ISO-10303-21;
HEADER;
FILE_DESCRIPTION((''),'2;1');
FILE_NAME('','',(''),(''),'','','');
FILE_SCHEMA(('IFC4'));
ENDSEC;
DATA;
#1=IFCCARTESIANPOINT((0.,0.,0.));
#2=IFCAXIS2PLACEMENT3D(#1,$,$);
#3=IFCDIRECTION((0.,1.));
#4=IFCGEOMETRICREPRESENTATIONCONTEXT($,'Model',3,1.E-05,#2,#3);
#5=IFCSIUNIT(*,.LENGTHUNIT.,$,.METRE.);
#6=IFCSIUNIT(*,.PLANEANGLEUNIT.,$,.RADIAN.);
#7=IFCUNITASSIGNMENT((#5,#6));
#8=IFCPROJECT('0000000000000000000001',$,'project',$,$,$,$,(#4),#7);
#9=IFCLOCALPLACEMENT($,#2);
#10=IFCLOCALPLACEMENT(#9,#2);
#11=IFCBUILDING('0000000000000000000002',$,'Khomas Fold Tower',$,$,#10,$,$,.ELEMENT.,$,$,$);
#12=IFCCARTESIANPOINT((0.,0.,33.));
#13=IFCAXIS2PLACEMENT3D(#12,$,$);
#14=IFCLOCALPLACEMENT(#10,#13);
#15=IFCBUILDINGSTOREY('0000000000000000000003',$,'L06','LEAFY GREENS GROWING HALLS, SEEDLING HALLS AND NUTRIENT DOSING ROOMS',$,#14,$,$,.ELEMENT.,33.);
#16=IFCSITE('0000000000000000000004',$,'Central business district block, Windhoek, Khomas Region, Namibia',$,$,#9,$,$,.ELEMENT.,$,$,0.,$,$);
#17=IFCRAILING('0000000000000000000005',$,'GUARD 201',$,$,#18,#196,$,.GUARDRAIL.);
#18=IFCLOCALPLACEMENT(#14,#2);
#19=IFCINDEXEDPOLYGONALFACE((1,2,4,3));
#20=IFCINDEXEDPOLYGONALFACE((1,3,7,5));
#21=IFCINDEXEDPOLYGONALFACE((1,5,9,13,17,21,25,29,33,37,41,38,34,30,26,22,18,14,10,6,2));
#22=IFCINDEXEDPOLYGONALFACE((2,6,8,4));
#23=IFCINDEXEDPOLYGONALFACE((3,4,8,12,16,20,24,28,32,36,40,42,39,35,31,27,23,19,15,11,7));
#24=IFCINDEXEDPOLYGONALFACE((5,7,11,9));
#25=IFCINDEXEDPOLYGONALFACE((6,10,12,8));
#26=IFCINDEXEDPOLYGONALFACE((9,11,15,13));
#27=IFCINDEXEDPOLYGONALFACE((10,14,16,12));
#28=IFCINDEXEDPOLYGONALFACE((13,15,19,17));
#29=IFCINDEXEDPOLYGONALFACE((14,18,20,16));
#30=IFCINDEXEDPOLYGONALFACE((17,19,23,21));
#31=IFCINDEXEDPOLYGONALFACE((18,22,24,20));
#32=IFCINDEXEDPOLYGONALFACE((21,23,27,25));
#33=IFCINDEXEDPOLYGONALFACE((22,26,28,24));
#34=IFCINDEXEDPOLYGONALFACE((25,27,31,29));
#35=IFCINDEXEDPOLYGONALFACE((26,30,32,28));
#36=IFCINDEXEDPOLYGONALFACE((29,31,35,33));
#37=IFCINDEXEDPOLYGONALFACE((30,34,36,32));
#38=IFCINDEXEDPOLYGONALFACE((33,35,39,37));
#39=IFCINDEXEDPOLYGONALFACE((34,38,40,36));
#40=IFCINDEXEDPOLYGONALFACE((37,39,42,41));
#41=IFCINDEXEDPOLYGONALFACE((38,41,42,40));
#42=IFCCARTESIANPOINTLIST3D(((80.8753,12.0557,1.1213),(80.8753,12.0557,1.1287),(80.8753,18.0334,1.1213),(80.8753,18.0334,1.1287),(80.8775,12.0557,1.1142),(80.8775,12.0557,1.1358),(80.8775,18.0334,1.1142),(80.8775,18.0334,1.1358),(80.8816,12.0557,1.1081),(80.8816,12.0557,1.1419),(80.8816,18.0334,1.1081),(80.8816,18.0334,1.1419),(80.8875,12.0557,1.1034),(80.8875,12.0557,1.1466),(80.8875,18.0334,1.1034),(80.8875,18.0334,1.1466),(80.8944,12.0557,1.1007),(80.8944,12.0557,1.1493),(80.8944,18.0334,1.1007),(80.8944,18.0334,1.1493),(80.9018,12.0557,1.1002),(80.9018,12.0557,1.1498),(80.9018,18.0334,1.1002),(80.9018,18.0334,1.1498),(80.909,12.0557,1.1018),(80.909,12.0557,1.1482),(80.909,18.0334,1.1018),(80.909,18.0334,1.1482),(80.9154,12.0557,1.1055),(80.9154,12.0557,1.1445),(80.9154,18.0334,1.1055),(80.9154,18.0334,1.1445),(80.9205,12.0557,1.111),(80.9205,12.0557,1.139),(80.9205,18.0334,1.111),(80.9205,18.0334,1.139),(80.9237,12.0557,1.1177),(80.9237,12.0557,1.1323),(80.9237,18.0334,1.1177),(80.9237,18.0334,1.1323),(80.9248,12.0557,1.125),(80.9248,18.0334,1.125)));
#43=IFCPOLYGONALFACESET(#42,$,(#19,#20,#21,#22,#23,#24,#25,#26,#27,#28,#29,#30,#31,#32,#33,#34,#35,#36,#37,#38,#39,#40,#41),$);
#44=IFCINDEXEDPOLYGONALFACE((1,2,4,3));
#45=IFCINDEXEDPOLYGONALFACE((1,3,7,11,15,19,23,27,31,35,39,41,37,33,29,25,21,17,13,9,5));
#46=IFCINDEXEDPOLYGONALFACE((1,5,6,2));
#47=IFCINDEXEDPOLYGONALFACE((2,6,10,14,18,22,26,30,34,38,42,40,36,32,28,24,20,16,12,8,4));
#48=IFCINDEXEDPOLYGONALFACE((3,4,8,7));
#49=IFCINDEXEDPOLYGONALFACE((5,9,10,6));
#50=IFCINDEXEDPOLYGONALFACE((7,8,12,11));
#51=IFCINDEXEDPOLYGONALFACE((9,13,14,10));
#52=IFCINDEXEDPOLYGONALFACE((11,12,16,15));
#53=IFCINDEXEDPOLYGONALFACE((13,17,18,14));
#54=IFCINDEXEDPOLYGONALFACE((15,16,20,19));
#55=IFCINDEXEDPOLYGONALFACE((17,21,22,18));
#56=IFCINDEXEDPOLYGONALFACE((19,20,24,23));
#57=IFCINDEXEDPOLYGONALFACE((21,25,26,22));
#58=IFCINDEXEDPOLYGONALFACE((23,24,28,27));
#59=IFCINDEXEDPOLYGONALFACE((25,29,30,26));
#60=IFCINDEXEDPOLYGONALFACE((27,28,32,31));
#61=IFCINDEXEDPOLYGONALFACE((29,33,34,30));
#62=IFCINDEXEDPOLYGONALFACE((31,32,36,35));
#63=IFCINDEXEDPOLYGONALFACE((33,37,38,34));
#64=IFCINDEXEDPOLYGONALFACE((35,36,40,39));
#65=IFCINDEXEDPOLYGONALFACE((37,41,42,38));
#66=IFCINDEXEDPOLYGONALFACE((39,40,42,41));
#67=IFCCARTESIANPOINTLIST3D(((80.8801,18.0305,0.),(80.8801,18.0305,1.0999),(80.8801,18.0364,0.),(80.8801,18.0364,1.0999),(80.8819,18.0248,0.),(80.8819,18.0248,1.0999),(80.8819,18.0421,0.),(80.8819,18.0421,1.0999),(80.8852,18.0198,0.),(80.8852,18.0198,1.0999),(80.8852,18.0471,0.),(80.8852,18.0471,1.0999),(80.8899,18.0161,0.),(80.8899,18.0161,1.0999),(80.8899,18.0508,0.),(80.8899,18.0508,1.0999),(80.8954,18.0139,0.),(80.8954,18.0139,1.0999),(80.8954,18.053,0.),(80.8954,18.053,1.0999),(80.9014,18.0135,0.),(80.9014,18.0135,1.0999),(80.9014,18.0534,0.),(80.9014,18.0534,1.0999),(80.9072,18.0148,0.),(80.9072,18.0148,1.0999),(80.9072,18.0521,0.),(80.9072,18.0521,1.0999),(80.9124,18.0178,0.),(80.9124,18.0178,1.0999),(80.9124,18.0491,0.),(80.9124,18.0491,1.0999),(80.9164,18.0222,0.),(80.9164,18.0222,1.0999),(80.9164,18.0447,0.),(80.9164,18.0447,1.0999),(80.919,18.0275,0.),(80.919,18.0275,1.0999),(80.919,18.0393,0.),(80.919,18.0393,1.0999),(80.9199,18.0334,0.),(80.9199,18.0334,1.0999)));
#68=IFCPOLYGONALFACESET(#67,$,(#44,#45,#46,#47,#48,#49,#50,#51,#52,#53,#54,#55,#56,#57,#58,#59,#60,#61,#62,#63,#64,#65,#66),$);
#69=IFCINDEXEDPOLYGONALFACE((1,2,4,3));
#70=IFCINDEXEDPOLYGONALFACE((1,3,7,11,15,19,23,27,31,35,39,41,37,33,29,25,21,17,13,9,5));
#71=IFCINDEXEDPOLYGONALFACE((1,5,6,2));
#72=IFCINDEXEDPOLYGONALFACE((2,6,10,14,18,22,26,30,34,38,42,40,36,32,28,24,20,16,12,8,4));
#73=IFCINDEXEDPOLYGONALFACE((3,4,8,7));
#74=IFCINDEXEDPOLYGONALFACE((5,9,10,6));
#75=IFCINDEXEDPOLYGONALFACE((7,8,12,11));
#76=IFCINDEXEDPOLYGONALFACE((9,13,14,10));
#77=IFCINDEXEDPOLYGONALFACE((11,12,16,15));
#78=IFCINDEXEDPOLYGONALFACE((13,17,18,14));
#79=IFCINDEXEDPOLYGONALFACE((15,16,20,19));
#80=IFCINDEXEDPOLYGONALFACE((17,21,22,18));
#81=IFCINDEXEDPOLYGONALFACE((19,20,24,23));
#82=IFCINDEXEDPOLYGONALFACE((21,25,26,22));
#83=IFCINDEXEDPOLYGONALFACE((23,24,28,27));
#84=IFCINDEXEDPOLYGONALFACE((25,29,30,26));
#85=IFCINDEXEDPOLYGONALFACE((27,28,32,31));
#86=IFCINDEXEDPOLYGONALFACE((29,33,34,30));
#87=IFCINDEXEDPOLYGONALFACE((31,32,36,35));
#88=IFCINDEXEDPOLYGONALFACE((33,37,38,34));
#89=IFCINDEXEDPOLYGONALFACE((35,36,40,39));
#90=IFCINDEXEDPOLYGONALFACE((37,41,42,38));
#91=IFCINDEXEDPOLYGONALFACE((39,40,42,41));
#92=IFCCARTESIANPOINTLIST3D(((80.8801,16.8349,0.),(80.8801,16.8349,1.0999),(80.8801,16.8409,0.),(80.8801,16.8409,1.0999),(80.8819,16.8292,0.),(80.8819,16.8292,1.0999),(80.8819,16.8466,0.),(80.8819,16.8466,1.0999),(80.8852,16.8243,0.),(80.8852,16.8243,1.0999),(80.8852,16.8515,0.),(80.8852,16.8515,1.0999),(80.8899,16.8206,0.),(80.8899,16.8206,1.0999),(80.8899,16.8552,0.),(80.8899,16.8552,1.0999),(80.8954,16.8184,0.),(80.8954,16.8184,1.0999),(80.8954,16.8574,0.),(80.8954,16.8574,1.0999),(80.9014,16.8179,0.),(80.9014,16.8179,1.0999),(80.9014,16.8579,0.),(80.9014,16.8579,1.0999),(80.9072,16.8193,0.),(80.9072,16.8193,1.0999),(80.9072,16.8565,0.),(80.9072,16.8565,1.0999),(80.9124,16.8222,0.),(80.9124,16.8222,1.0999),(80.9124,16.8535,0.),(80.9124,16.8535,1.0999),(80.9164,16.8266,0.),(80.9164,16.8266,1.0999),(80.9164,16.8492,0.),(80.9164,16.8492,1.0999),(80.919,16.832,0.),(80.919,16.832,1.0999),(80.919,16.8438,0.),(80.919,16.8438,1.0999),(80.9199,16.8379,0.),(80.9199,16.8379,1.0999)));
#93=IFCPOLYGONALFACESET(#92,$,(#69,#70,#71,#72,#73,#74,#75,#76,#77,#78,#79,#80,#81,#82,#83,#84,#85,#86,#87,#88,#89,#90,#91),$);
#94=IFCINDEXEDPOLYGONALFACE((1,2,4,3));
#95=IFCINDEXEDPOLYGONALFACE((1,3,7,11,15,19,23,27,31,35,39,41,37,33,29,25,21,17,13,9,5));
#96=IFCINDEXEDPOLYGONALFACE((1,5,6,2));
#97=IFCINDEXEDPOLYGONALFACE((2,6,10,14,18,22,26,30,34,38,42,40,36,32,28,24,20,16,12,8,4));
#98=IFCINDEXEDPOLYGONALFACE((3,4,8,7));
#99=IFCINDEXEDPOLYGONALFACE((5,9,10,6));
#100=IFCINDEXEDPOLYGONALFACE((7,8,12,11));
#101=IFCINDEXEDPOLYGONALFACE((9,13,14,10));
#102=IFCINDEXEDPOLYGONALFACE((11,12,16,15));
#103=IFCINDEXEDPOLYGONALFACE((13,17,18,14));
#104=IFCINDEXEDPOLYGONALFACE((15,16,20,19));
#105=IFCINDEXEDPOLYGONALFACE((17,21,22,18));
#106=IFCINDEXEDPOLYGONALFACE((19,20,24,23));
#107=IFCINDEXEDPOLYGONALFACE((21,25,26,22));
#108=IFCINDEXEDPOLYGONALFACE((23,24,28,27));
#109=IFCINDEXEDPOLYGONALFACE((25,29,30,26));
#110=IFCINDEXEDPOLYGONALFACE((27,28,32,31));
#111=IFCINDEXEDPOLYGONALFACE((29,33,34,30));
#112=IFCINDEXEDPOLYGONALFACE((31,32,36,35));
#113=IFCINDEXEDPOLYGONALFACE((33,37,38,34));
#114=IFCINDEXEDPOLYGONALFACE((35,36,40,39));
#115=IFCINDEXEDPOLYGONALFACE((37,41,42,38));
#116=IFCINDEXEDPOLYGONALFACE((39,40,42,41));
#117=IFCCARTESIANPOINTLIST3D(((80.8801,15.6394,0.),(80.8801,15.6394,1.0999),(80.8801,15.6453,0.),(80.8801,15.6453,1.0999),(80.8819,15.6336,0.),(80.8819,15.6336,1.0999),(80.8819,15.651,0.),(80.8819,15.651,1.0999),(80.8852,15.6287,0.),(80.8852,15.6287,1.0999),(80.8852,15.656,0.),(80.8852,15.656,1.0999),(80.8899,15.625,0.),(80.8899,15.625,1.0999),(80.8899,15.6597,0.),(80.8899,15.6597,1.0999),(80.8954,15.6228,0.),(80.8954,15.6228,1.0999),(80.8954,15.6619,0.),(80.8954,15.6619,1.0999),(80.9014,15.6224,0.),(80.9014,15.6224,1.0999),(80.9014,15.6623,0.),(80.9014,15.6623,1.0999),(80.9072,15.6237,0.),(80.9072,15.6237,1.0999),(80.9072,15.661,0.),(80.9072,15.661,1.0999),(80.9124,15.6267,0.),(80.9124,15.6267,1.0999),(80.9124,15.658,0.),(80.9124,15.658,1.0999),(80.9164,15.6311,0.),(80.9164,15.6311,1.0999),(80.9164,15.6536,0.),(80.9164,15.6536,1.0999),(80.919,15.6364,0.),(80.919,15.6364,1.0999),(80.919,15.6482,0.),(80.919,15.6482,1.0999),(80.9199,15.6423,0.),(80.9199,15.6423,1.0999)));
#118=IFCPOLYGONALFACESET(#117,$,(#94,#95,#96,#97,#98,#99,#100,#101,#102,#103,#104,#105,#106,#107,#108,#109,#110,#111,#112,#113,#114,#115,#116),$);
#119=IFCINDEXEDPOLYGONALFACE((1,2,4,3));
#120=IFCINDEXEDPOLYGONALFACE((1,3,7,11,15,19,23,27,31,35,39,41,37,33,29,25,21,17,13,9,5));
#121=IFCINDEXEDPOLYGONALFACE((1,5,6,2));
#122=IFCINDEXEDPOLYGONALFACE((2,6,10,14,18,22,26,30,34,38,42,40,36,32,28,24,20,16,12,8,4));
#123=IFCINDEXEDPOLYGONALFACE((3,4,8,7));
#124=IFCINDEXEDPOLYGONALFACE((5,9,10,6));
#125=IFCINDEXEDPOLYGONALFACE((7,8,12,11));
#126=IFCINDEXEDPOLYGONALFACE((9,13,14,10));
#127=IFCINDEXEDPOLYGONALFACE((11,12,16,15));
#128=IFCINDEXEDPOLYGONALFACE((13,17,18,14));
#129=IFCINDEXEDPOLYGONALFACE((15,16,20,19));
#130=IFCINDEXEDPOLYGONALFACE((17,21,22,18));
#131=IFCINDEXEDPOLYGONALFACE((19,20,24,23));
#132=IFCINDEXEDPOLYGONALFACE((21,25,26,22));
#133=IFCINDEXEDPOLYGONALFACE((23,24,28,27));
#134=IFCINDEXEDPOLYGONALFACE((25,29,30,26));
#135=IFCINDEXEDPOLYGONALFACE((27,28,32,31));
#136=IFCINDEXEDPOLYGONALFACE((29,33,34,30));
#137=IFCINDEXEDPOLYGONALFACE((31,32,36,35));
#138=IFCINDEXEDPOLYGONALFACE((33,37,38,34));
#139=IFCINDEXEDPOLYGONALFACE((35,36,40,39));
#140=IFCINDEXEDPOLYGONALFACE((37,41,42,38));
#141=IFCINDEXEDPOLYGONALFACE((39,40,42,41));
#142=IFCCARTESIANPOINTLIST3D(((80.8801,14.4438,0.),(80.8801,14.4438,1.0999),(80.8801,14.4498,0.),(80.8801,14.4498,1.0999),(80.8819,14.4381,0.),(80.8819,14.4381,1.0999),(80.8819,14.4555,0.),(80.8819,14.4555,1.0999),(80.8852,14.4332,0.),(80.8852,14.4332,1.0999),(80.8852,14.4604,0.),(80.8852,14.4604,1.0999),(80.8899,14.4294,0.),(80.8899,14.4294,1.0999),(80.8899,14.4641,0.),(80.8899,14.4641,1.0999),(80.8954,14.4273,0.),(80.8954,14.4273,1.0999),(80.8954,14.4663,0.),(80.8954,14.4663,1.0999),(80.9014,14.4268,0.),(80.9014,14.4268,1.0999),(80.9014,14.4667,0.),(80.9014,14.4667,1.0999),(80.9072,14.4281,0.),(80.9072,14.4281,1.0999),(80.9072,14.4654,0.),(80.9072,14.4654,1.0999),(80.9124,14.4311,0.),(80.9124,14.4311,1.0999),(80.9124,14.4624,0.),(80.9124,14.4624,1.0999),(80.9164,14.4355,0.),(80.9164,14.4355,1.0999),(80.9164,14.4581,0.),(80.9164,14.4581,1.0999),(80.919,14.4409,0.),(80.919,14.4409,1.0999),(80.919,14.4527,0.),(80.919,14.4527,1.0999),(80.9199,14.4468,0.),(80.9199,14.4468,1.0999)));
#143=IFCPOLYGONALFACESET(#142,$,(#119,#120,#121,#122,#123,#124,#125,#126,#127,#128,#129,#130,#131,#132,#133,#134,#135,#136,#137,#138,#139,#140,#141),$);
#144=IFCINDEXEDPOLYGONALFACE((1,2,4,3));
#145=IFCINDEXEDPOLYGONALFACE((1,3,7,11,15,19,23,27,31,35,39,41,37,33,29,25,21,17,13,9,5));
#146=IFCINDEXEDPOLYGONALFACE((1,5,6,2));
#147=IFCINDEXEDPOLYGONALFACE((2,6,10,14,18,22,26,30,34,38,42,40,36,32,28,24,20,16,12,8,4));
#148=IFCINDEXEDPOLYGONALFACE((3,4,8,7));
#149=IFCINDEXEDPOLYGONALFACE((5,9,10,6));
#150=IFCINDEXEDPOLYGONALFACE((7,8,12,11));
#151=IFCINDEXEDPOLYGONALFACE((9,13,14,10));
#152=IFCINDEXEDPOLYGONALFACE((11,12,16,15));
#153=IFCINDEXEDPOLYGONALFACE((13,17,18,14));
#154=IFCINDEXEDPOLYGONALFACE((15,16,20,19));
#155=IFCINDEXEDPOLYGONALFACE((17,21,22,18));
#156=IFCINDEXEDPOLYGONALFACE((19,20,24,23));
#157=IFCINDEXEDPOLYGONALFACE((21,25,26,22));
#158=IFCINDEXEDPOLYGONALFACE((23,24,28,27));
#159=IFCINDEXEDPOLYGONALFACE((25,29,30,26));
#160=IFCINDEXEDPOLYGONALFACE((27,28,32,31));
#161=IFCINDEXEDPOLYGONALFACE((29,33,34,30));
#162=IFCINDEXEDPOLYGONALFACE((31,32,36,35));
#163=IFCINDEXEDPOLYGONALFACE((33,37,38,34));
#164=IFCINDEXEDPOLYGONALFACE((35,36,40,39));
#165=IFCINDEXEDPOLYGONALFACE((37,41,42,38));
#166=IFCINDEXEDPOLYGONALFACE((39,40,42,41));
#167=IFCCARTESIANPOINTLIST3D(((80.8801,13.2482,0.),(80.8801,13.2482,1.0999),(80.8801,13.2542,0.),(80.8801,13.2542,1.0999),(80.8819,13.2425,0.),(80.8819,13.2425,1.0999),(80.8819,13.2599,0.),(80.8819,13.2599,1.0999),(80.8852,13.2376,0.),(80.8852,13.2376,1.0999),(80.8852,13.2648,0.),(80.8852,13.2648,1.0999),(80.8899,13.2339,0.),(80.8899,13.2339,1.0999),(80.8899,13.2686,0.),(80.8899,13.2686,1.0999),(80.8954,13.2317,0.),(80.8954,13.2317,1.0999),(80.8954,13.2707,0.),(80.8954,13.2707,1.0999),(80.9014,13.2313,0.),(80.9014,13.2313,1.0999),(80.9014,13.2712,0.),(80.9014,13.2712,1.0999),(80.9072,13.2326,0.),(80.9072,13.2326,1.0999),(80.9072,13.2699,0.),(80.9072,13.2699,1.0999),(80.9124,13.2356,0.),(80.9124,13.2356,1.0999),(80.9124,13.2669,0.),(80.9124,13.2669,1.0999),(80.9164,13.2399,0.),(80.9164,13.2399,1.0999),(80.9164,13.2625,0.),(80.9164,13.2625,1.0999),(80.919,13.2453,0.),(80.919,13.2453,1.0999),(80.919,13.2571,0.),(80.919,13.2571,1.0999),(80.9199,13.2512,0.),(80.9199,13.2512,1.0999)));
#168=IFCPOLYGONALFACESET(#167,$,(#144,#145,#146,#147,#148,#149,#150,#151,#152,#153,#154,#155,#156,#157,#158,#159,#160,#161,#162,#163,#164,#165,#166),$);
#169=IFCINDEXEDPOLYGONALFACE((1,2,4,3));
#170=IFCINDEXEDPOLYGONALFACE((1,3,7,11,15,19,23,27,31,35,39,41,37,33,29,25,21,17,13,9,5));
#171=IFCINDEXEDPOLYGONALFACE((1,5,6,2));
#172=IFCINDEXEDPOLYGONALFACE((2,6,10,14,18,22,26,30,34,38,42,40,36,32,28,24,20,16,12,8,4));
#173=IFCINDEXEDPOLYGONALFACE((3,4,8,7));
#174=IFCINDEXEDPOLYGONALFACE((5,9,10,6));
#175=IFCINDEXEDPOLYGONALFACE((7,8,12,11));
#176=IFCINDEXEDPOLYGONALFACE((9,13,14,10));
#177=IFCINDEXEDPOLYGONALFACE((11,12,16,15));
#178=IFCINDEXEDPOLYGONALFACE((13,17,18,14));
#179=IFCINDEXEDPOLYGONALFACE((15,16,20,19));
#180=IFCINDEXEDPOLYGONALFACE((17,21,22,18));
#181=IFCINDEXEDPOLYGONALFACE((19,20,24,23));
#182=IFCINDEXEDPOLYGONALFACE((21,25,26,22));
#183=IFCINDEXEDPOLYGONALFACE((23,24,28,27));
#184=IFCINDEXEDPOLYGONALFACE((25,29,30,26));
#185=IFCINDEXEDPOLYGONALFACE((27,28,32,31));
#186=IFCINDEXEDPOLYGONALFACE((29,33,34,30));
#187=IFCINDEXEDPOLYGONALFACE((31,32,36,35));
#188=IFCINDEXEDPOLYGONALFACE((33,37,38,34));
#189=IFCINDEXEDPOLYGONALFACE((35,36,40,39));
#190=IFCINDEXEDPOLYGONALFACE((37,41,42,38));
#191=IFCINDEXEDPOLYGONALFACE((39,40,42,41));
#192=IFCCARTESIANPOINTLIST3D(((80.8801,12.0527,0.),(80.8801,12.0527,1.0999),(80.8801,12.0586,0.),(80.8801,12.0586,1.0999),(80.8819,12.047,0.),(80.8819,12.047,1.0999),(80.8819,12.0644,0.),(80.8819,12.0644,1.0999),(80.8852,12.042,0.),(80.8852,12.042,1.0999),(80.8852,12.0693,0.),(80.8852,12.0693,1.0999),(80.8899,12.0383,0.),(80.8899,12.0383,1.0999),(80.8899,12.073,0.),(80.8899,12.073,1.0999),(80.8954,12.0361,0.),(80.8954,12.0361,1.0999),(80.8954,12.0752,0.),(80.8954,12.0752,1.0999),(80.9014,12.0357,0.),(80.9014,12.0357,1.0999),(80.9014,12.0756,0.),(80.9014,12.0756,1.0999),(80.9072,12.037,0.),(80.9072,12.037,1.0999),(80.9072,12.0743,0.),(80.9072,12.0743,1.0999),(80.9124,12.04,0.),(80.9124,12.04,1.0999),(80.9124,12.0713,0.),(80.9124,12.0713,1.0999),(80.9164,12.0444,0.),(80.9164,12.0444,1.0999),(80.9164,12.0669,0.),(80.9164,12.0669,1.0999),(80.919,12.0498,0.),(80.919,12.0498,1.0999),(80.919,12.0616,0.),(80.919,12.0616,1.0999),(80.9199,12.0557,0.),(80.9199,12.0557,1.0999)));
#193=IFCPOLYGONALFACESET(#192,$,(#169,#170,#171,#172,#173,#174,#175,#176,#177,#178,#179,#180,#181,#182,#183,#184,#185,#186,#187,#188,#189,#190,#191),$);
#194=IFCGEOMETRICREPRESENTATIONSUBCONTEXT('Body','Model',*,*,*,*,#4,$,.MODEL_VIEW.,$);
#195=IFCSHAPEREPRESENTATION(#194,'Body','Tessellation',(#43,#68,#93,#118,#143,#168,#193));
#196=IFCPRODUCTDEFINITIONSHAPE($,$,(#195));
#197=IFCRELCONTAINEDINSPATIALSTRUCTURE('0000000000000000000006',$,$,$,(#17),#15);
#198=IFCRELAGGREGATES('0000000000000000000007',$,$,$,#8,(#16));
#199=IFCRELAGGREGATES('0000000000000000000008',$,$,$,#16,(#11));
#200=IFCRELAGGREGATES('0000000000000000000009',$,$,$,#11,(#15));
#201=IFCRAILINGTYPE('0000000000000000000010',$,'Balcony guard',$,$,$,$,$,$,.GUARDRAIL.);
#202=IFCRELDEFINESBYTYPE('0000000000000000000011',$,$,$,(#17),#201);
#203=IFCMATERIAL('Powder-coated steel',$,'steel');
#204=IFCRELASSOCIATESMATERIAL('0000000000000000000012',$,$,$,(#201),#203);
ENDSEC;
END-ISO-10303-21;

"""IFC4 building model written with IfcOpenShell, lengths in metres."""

from ifc_helpers import new_model, si_unit, direction, frame, origin, origin_2d, place, context, subcontext, project, spatial, circle, extrude, source, transform, mapped, material, type_object, element, save


model = new_model("IFC4")

# Units and contexts
model_context = context("Model", 3, precision=1e-05, world=origin(), true_north=direction((0.0, 1.0)))
body_context = subcontext(model_context, "Body", "Model", "MODEL_VIEW")
ifc_project = project(units=[si_unit("LENGTHUNIT", "METRE"), si_unit("PLANEANGLEUNIT", "RADIAN")], contexts=[model_context])

# Site, building, storey
site_placement = place(None, origin())
site = spatial("IfcSite", under=ifc_project, at=site_placement, Name="Central business district block, Windhoek, Khomas Region, Namibia", CompositionType="ELEMENT", RefElevation=0.0)
building_placement = place(site_placement, origin())
building = spatial("IfcBuilding", under=site, at=building_placement, Name="Khomas Fold Tower", CompositionType="ELEMENT")
storey_placement = place(building_placement, frame((0.0, 0.0, 33.0)))
storey = spatial("IfcBuildingStorey", under=building, at=storey_placement, Name="L06", Description="LEAFY GREENS GROWING HALLS, SEEDLING HALLS AND NUTRIENT DOSING ROOMS", CompositionType="ELEMENT", Elevation=33.0)

# Railing
ifc_material_1 = material(Name="Powder-coated steel", Category="steel")
railing_type = type_object("IfcRailingType", Name="Balcony guard", PredefinedType="GUARDRAIL", material=ifc_material_1)
shared_shape_1 = source(origin(), body_context, "Body", "SweptSolid", [
    extrude(circle(Radius=0.0249, at=origin_2d()), frame((0.0, 0.0, 1.125), z_axis=(0.0, -1.0, 0.0), x_axis=(1.0, 0.0, 0.0)), (0.0, 0.0, 1.0), 5.9778),
    extrude(circle(Radius=0.02, at=origin_2d()), origin(), (0.0, 0.0, 1.0), 1.0999),
    extrude(circle(Radius=0.02, at=origin_2d()), frame((0.0, -1.1956, 0.0)), (0.0, 0.0, 1.0), 1.0999),
    extrude(circle(Radius=0.02, at=origin_2d()), frame((0.0, -2.3911, 0.0)), (0.0, 0.0, 1.0), 1.0999),
    extrude(circle(Radius=0.02, at=origin_2d()), frame((0.0, -3.5867, 0.0)), (0.0, 0.0, 1.0), 1.0999),
    extrude(circle(Radius=0.02, at=origin_2d()), frame((0.0, -4.7822, 0.0)), (0.0, 0.0, 1.0), 1.0999),
    extrude(circle(Radius=0.02, at=origin_2d()), frame((0.0, -5.9778, 0.0)), (0.0, 0.0, 1.0), 1.0999),
])
for number, where, name in (
    (1, (80.8999, 18.0334, 0.0), "GUARD 201"),
):
    element("IfcRailing", number, at=place(storey_placement, frame(where)), inside=storey, type_object=railing_type, Name=name, PredefinedType="GUARDRAIL", context=body_context, shape_type="MappedRepresentation", body=[
        mapped(shared_shape_1, transform((0.0, 0.0, 0.0))),
    ])

save(model, "model.ifc")
